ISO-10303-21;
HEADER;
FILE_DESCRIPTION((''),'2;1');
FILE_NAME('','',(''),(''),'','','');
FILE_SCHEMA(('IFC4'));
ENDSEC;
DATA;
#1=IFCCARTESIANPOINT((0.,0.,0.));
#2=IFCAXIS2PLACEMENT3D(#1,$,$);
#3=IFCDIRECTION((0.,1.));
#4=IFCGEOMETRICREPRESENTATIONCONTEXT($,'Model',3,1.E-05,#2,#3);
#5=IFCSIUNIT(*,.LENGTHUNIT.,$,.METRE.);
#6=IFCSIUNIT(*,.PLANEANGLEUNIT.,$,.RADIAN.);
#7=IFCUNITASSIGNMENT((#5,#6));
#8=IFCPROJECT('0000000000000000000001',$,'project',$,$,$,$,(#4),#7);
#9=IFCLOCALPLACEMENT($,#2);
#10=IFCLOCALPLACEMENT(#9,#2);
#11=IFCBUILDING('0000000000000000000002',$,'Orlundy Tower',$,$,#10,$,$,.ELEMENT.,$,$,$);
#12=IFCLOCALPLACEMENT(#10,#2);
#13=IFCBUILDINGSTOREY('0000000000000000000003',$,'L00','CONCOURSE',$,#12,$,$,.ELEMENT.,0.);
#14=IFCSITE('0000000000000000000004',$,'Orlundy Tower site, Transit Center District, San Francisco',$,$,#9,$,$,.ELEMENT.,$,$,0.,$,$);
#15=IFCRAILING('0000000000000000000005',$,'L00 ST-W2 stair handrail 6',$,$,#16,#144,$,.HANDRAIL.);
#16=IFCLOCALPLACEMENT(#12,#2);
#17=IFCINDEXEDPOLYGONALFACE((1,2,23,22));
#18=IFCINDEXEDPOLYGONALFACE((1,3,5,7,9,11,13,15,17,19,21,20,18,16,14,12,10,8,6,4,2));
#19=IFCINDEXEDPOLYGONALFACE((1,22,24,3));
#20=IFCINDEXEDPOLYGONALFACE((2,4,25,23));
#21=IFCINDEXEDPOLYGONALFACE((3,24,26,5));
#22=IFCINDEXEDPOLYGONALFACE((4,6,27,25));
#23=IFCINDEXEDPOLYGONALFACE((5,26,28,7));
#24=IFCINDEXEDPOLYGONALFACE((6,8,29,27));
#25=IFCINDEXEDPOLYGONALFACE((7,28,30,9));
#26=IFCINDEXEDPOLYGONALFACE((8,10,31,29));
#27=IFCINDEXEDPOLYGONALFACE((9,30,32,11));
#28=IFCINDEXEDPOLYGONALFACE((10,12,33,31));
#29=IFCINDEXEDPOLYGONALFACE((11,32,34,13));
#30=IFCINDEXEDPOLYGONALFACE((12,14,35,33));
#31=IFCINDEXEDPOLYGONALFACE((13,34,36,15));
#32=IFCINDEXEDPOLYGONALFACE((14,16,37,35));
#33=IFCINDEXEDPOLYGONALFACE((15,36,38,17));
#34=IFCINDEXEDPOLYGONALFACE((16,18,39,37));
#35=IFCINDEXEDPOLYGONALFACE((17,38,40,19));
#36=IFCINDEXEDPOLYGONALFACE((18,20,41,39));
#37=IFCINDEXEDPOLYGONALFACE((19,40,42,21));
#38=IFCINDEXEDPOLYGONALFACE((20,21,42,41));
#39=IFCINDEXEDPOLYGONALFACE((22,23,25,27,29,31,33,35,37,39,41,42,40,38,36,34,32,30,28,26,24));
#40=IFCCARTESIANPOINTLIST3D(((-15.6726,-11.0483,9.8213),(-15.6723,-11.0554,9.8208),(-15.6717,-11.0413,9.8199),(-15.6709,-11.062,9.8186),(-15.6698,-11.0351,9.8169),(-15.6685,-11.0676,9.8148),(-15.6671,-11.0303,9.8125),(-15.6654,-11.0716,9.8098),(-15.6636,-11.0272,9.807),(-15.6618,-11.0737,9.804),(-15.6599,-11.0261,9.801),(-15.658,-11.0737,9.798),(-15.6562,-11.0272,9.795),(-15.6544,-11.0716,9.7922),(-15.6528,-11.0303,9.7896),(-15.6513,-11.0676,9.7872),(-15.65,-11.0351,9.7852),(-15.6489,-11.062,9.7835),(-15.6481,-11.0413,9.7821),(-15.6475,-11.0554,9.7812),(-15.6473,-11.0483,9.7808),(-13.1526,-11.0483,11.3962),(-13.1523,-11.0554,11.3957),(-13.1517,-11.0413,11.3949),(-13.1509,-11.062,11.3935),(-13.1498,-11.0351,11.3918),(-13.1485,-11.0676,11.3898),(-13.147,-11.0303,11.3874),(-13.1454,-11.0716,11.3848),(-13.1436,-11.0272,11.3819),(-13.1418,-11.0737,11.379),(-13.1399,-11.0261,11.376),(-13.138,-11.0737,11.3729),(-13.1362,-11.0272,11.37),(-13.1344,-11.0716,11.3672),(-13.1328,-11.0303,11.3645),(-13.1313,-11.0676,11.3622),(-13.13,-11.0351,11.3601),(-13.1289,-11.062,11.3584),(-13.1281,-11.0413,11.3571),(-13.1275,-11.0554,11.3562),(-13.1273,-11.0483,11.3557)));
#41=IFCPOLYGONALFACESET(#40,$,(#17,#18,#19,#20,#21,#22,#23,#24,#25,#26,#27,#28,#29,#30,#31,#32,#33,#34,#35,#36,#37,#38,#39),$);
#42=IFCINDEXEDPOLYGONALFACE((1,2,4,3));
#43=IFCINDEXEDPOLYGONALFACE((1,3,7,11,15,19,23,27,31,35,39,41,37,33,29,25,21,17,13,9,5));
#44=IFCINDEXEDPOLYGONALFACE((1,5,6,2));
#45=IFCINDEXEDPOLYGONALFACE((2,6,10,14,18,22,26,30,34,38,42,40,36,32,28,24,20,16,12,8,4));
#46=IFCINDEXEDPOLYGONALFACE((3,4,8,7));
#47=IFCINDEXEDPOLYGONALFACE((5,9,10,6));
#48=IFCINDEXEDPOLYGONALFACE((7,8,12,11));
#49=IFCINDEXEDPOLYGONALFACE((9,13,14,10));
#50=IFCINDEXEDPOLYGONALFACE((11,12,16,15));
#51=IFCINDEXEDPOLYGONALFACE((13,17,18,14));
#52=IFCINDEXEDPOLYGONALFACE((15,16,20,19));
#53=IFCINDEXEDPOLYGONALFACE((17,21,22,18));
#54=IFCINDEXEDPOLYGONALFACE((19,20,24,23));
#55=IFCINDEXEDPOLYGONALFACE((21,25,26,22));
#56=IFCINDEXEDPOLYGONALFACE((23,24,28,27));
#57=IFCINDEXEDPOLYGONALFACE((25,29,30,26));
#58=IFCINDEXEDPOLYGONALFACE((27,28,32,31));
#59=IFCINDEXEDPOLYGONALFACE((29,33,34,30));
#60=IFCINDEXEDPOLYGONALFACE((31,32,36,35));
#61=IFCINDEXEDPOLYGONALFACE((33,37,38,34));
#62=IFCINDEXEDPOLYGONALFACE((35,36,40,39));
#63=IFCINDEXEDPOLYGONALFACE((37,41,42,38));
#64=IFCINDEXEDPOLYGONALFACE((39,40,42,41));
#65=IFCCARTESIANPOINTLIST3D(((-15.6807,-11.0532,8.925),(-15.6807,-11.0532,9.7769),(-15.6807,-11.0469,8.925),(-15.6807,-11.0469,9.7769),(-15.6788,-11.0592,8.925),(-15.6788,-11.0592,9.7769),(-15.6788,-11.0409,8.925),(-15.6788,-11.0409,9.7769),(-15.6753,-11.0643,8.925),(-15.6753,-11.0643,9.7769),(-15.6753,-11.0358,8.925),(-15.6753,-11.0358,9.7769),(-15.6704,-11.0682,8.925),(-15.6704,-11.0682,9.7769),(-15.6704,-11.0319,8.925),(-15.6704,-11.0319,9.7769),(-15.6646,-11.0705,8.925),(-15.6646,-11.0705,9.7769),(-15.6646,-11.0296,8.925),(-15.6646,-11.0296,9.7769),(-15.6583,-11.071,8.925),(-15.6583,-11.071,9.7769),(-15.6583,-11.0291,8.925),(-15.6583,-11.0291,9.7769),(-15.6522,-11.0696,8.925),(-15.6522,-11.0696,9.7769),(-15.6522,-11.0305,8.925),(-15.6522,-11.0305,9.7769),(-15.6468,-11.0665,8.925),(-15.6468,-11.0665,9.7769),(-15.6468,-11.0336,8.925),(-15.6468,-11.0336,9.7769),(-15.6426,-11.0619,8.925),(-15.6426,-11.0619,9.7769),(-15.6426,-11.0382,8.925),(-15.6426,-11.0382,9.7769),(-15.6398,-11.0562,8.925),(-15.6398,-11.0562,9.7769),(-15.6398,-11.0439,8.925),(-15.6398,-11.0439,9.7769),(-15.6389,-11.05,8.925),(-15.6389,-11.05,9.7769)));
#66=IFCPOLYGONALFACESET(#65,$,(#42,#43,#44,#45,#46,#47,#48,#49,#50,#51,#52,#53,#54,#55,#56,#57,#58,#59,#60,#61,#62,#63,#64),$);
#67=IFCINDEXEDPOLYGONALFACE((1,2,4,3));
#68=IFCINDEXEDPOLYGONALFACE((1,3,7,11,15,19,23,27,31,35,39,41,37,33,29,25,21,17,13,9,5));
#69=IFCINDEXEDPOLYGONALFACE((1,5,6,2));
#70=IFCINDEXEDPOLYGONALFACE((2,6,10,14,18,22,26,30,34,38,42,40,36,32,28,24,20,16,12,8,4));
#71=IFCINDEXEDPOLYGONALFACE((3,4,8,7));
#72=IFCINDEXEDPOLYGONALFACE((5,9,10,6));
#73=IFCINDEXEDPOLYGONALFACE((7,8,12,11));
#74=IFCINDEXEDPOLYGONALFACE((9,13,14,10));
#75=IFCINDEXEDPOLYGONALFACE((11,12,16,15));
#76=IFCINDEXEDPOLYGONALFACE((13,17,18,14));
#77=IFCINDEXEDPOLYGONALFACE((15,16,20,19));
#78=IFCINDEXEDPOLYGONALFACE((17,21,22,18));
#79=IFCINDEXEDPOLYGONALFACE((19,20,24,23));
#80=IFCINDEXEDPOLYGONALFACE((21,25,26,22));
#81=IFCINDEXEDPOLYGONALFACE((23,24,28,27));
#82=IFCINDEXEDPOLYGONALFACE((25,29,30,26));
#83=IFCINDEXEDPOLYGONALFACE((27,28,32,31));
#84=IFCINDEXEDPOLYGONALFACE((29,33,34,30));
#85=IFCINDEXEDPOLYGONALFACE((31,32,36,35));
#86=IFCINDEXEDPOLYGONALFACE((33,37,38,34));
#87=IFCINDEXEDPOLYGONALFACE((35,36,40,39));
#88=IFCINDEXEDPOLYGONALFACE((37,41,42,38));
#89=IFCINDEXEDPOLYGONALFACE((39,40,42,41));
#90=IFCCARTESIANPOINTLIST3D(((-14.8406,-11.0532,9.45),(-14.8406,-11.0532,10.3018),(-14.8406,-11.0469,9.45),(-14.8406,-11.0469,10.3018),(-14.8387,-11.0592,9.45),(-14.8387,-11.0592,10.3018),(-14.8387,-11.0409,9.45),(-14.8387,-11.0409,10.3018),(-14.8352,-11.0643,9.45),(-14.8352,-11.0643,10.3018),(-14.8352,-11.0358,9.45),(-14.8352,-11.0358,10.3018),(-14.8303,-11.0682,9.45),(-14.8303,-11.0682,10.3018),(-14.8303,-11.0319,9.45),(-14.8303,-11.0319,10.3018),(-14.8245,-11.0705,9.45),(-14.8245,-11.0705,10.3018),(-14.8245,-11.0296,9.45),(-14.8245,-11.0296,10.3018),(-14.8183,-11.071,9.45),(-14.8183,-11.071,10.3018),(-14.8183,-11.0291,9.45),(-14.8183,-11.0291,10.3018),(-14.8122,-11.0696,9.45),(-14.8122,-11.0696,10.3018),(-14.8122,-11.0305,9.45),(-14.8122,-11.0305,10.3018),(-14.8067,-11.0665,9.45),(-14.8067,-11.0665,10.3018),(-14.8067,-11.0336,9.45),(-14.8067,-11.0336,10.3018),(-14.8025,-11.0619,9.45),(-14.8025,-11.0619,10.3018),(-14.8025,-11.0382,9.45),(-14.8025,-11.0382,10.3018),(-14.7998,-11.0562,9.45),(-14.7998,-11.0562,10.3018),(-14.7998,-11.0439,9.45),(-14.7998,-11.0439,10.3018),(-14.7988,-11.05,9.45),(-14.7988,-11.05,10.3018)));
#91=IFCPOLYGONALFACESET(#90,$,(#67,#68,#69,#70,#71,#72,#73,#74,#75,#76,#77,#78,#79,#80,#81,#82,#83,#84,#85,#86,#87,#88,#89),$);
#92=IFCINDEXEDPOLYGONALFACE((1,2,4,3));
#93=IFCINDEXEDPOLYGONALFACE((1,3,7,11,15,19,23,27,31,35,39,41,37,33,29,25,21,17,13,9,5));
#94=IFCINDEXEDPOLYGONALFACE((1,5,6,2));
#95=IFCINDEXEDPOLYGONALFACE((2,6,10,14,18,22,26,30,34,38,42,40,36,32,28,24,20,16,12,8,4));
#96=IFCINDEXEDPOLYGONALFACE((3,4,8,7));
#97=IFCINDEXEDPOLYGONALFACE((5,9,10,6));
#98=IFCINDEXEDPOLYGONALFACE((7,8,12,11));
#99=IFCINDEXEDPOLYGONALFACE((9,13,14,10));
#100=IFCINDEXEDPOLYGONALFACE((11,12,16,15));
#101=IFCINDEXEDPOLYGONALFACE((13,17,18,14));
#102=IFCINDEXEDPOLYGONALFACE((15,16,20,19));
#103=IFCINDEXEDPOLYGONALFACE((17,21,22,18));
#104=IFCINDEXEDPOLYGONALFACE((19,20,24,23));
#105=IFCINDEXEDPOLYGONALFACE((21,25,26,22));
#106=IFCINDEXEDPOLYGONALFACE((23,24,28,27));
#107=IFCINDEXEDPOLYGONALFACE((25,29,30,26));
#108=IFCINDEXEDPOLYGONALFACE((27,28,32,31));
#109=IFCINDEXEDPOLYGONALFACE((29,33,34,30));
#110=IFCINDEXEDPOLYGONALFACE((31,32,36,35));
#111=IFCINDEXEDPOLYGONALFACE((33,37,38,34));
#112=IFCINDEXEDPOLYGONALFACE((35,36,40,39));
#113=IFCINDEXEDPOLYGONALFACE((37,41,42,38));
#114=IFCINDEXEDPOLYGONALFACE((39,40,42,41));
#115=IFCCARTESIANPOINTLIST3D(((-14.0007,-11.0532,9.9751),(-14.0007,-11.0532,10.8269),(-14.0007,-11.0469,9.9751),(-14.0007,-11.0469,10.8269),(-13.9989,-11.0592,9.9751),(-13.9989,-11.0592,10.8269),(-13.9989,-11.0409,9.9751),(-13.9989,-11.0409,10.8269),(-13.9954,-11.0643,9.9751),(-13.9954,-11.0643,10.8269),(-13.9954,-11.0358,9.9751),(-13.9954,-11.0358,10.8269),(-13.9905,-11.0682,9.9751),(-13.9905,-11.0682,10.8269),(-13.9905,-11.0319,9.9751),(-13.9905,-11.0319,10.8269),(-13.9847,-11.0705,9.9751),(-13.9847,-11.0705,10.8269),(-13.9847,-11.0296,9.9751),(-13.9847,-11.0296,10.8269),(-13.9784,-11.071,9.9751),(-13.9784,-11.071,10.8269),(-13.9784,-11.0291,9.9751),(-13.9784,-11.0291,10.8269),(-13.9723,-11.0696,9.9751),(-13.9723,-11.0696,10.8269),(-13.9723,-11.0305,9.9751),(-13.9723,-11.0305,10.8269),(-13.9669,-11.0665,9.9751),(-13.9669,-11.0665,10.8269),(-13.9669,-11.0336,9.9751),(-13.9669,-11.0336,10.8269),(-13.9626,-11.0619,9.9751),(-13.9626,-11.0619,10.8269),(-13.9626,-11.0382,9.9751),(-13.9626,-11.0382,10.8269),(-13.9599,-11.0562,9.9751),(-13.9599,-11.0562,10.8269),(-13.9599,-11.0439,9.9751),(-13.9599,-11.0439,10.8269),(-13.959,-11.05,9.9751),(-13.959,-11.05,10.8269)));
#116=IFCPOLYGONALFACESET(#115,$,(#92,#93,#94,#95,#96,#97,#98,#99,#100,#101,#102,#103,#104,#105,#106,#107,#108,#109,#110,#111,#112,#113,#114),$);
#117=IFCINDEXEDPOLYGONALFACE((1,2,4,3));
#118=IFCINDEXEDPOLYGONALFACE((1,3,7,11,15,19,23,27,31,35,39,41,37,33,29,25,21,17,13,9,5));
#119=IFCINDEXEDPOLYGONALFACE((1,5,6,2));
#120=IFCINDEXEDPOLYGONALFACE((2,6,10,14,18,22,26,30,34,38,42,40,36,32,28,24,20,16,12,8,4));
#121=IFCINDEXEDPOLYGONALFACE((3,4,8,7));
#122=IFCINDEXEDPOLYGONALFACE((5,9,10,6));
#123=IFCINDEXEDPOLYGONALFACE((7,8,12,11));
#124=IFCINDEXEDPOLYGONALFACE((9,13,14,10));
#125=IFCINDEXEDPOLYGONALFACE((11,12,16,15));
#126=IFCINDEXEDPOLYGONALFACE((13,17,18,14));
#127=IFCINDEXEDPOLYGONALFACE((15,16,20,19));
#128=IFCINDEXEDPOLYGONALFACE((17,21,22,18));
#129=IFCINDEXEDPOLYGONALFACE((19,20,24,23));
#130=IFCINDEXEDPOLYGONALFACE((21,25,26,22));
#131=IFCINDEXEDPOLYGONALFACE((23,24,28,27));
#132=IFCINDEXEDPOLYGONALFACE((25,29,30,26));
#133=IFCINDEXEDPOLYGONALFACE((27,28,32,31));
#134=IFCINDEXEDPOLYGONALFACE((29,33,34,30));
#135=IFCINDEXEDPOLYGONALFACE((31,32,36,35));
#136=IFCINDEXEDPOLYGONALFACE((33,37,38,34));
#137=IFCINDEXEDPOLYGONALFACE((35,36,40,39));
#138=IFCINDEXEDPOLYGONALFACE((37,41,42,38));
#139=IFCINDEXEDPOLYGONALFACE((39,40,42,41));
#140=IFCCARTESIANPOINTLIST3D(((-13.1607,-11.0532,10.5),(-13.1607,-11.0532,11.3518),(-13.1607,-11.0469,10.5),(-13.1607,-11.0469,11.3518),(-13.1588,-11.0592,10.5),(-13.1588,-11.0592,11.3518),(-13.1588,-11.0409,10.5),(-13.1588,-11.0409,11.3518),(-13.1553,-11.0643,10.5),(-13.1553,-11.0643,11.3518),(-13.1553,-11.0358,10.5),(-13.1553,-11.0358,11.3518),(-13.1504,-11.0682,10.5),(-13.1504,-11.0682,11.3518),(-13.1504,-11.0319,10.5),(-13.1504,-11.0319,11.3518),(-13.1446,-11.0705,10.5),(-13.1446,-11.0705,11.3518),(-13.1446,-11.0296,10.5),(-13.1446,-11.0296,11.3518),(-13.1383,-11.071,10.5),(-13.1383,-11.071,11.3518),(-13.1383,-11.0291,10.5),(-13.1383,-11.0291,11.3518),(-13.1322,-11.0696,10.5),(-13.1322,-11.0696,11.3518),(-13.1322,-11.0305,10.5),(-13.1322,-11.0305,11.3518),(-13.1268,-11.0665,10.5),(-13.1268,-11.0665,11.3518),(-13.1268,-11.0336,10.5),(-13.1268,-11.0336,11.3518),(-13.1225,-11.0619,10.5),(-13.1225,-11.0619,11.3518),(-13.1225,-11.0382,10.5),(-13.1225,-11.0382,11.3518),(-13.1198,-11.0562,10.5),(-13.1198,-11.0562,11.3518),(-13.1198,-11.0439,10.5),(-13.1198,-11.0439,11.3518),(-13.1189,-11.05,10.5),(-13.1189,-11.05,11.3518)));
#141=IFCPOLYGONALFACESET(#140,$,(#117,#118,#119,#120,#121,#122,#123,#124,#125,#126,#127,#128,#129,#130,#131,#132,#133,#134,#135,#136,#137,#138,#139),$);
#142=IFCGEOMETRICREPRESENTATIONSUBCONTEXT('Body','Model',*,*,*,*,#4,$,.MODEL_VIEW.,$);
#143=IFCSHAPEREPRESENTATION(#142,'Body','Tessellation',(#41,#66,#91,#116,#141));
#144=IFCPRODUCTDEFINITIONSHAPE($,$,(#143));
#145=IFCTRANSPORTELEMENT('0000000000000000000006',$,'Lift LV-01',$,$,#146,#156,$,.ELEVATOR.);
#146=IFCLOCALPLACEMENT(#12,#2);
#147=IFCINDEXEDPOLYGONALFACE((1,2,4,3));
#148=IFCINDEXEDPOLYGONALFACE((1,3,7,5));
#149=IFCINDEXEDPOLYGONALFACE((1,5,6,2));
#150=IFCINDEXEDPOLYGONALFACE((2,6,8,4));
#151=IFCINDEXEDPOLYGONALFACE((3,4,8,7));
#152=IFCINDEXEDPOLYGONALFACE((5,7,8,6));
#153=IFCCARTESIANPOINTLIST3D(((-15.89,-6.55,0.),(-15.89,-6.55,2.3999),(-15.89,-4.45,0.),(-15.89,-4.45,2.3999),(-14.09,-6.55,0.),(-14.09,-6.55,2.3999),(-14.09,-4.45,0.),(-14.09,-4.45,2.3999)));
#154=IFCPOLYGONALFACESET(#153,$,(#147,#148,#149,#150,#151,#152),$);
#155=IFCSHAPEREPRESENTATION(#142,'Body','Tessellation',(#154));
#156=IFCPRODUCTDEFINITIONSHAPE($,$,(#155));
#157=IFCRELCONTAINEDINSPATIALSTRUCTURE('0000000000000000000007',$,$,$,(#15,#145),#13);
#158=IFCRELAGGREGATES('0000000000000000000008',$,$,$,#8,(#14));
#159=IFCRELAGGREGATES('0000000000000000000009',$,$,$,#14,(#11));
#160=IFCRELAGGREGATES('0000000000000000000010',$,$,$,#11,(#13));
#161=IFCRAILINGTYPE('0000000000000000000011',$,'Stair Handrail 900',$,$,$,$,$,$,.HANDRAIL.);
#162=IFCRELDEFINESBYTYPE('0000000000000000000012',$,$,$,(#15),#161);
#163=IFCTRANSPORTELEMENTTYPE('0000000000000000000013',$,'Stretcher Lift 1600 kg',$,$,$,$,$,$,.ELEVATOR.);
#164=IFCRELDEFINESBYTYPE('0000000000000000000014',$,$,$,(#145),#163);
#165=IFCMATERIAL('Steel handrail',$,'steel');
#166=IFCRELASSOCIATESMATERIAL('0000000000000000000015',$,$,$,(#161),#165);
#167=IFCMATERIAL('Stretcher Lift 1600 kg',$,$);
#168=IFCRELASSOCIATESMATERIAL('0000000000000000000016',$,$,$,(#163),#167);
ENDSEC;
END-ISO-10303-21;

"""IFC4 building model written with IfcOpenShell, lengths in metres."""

from ifc_helpers import new_model, si_unit, direction, frame, origin, origin_2d, place, context, subcontext, project, spatial, rectangle, circle, extrude, material, type_object, element, save


model = new_model("IFC4")

# Units and contexts
model_context = context("Model", 3, precision=1e-05, world=origin(), true_north=direction((0.0, 1.0)))
body_context = subcontext(model_context, "Body", "Model", "MODEL_VIEW")
ifc_project = project(units=[si_unit("LENGTHUNIT", "METRE"), si_unit("PLANEANGLEUNIT", "RADIAN")], contexts=[model_context])

# Site, building, storey
site_placement = place(None, origin())
site = spatial("IfcSite", under=ifc_project, at=site_placement, Name="Orlundy Tower site, Transit Center District, San Francisco", CompositionType="ELEMENT", RefElevation=0.0)
building_placement = place(site_placement, origin())
building = spatial("IfcBuilding", under=site, at=building_placement, Name="Orlundy Tower", CompositionType="ELEMENT")
storey_placement = place(building_placement, origin())
storey = spatial("IfcBuildingStorey", under=building, at=storey_placement, Name="L00", Description="CONCOURSE", CompositionType="ELEMENT", Elevation=0.0)

# Railing
ifc_material_1 = material(Name="Steel handrail", Category="steel")
railing_type = type_object("IfcRailingType", Name="Stair Handrail 900", PredefinedType="HANDRAIL", material=ifc_material_1)
for number, where, name in (
    (1, (-15.6599, -11.05, 8.925), "L00 ST-W2 stair handrail 6"),
):
    element("IfcRailing", number, at=place(storey_placement, frame(where)), inside=storey, type_object=railing_type, Name=name, PredefinedType="HANDRAIL", context=body_context, shape_type="SweptSolid", body=[
        extrude(circle(Radius=0.0239, at=origin_2d()), frame((0.0, 0.0, 0.876), z_axis=(0.848008, 0.0, 0.529984), x_axis=(0.0, 1.0, 0.0)), (0.0, 0.0, 1.0), 2.9717),
        extrude(circle(Radius=0.021, at=origin_2d()), origin(), (0.0, 0.0, 1.0), 0.8518),
        extrude(circle(Radius=0.021, at=origin_2d()), frame((0.8401, 0.0, 0.5249)), (0.0, 0.0, 1.0), 0.8518),
        extrude(circle(Radius=0.021, at=origin_2d()), frame((1.6799, 0.0, 1.05)), (0.0, 0.0, 1.0), 0.8518),
        extrude(circle(Radius=0.021, at=origin_2d()), frame((2.52, 0.0, 1.575)), (0.0, 0.0, 1.0), 0.8518),
    ])

# Transport element
ifc_material_2 = material(Name="Stretcher Lift 1600 kg")
transport_element_type = type_object("IfcTransportElementType", Name="Stretcher Lift 1600 kg", PredefinedType="ELEVATOR", material=ifc_material_2)
transport_element_placement = place(storey_placement, frame((-14.99, -5.5, 0.0), z_axis=(0.0, 0.0, 1.0), x_axis=(1.0, 0.0, 0.0)))
element("IfcTransportElement", 2, at=transport_element_placement, inside=storey, type_object=transport_element_type, Name="Lift LV-01", PredefinedType="ELEVATOR", context=body_context, shape_type="SweptSolid", body=[
    extrude(rectangle(XDim=1.8, YDim=2.1001, at=origin_2d()), origin(), (0.0, 0.0, 1.0), 2.3999),
])

save(model, "model.ifc")
